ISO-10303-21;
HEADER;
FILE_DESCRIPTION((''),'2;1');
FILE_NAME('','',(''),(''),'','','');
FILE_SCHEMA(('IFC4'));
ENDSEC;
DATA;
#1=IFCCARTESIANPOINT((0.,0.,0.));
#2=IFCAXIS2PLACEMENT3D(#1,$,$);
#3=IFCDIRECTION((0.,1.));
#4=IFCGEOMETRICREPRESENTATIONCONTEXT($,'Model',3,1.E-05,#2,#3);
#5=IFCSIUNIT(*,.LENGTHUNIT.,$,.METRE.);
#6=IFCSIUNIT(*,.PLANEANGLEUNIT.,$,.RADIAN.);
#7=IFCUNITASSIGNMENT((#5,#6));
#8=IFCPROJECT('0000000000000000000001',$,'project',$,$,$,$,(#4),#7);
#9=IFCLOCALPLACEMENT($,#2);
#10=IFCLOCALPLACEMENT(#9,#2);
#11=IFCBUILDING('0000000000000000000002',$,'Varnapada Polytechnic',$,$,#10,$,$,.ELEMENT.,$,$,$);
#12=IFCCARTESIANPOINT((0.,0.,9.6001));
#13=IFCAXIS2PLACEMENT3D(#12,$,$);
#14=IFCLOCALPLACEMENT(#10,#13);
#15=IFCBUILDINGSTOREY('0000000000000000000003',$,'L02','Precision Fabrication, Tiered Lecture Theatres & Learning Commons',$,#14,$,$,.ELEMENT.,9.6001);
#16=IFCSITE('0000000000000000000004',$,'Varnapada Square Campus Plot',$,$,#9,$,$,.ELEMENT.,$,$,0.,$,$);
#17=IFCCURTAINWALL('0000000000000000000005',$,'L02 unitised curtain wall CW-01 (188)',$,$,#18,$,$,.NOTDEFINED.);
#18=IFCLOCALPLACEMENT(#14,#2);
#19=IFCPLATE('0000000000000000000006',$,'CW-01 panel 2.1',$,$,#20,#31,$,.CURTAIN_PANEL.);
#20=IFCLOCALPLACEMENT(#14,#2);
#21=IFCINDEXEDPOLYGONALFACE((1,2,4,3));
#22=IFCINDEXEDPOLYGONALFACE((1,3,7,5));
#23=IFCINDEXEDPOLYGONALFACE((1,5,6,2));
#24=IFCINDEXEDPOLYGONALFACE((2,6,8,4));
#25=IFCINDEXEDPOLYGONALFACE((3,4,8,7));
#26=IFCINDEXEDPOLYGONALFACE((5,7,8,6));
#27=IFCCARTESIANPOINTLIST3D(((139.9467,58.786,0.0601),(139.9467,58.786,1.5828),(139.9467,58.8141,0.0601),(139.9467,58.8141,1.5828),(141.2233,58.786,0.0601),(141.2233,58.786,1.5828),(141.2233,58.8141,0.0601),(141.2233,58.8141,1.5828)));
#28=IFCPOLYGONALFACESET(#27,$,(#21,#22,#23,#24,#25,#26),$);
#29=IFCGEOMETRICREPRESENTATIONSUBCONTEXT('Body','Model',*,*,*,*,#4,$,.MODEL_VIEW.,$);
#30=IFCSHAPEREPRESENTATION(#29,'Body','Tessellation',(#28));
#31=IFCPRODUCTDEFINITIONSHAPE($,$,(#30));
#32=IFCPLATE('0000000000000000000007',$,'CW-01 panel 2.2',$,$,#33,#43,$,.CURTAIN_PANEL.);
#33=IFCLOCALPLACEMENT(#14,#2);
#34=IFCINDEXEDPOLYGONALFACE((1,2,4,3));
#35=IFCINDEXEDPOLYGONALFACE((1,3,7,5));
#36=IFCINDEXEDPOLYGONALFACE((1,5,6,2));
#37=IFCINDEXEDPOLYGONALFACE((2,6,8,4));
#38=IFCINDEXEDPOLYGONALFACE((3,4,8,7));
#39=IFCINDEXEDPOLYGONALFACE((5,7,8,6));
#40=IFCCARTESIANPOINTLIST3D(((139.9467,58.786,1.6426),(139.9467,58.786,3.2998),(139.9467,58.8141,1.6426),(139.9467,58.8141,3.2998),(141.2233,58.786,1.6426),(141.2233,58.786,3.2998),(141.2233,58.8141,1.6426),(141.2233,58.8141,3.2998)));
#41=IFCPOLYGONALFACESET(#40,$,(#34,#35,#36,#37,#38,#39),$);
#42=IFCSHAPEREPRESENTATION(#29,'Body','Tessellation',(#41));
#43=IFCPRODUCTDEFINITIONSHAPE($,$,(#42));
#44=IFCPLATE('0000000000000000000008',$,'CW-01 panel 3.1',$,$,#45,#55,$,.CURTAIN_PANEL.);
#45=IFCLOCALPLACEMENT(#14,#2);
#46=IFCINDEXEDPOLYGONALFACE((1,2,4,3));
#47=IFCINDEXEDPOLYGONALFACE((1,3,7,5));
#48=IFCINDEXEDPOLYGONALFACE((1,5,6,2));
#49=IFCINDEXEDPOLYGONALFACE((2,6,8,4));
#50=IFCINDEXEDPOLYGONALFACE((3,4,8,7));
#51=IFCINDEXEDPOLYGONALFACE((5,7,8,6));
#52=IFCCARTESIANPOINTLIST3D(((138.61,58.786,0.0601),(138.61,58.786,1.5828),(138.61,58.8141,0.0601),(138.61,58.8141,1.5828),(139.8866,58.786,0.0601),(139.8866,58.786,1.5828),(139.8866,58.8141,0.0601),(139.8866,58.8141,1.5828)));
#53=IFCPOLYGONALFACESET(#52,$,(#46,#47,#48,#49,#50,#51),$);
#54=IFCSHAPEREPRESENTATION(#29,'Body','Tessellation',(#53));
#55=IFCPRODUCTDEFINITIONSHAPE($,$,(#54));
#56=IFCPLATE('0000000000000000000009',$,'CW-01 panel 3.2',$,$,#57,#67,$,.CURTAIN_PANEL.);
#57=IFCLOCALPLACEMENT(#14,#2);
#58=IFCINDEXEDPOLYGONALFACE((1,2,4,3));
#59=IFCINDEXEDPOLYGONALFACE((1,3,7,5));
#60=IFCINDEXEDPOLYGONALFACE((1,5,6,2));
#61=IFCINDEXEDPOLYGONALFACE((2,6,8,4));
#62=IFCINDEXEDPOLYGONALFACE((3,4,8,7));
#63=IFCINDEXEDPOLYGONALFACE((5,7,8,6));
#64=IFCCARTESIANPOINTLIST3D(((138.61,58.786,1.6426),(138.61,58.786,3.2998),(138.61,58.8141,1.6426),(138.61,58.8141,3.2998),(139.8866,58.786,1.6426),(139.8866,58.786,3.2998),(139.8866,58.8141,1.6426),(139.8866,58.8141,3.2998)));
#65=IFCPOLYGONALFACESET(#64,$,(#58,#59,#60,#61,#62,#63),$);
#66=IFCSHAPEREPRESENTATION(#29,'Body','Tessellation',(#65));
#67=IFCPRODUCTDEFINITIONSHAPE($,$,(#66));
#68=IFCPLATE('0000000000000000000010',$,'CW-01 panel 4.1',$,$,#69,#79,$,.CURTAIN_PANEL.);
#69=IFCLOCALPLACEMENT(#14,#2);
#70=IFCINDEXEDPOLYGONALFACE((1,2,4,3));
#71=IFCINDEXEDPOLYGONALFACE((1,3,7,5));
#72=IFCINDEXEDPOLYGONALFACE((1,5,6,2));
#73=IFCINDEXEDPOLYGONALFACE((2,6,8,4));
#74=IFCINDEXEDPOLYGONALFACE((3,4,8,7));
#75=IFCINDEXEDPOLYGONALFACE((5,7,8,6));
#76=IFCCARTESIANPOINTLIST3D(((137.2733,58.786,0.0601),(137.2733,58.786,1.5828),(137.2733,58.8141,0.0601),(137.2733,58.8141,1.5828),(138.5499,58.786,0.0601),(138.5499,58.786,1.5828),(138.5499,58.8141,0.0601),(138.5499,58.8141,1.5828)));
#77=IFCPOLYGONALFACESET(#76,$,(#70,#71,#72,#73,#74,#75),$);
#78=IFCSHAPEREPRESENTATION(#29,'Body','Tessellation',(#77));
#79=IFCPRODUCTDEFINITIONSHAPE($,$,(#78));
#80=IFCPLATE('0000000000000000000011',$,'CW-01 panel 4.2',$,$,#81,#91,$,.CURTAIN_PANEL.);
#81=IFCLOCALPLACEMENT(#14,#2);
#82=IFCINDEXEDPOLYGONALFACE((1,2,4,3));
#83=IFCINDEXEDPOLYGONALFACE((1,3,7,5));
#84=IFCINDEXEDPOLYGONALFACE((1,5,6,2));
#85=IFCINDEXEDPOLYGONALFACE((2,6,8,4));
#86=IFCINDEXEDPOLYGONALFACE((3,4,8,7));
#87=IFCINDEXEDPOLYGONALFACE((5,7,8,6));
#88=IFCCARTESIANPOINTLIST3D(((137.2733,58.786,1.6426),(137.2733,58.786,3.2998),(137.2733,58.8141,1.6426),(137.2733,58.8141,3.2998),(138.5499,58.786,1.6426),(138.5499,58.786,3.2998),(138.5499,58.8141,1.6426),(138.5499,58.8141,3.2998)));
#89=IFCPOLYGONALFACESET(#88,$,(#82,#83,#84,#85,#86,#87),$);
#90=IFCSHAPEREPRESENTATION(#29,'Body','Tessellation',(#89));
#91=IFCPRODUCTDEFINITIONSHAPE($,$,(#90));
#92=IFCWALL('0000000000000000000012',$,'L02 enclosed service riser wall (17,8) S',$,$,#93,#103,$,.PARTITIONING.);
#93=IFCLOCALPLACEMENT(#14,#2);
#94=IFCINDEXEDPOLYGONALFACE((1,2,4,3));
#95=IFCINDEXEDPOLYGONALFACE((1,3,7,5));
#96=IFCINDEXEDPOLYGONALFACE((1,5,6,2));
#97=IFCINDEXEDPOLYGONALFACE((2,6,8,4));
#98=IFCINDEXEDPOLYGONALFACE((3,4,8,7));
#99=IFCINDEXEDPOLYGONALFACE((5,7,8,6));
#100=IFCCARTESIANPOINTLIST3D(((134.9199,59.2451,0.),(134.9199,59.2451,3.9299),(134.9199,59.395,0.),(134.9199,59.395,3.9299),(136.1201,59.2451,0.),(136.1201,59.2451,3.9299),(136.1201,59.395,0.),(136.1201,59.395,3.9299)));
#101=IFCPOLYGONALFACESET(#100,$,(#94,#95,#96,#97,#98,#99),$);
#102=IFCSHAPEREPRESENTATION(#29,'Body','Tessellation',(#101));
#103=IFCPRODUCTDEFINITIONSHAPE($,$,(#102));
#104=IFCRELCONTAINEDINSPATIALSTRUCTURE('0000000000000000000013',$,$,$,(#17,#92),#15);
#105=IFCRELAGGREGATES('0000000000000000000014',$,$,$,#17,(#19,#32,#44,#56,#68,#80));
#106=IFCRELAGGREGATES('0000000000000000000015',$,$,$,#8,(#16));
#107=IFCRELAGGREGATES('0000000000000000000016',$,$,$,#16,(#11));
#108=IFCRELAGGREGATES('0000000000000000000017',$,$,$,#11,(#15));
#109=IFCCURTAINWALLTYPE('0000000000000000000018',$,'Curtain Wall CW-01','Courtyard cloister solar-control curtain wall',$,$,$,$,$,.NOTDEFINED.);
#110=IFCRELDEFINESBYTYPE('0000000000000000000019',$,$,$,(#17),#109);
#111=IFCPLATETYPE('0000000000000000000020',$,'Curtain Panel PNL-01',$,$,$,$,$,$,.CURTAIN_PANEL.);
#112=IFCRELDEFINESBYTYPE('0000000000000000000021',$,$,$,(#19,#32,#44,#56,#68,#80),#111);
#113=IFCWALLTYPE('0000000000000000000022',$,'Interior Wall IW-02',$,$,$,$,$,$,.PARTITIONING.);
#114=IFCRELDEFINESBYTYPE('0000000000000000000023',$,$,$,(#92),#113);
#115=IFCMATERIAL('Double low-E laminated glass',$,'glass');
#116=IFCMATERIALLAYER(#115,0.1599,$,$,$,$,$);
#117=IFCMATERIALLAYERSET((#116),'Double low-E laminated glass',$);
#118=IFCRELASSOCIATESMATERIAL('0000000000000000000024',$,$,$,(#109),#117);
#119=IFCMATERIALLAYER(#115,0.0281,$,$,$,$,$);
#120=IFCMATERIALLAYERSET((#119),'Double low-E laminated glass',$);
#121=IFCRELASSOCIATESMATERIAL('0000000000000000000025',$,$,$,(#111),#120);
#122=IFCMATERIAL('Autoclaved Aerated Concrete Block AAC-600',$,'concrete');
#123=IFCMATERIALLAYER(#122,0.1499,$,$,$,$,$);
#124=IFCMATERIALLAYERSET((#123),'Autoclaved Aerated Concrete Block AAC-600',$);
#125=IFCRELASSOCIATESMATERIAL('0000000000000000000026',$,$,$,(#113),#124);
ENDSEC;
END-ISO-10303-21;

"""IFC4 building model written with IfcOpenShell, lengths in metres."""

from ifc_helpers import new_model, si_unit, direction, frame, frame_2d, origin, origin_2d, place, context, subcontext, project, spatial, rectangle, extrude, material, layer, layer_set, type_object, element, aggregate, save


model = new_model("IFC4")

# Units and contexts
model_context = context("Model", 3, precision=1e-05, world=origin(), true_north=direction((0.0, 1.0)))
body_context = subcontext(model_context, "Body", "Model", "MODEL_VIEW")
ifc_project = project(units=[si_unit("LENGTHUNIT", "METRE"), si_unit("PLANEANGLEUNIT", "RADIAN")], contexts=[model_context])

# Site, building, storey
site_placement = place(None, origin())
site = spatial("IfcSite", under=ifc_project, at=site_placement, Name="Varnapada Square Campus Plot", CompositionType="ELEMENT", RefElevation=0.0)
building_placement = place(site_placement, origin())
building = spatial("IfcBuilding", under=site, at=building_placement, Name="Varnapada Polytechnic", CompositionType="ELEMENT")
storey_placement = place(building_placement, frame((0.0, 0.0, 9.6001)))
storey = spatial("IfcBuildingStorey", under=building, at=storey_placement, Name="L02", Description="Precision Fabrication, Tiered Lecture Theatres & Learning Commons", CompositionType="ELEMENT", Elevation=9.6001)

# Curtain wall, plates
ifc_material_1 = material(Name="Double low-E laminated glass", Category="glass")
ifc_layer_1 = layer(ifc_material_1, 0.1599)
ifc_layer_set_1 = layer_set([ifc_layer_1], Name="Double low-E laminated glass")
curtain_wall_type = type_object("IfcCurtainWallType", Name="Curtain Wall CW-01", Description="Courtyard cloister solar-control curtain wall", PredefinedType="NOTDEFINED", material=ifc_layer_set_1)
curtain_wall_placement = place(storey_placement, origin())
curtain_wall = element("IfcCurtainWall", 1, at=curtain_wall_placement, inside=storey, type_object=curtain_wall_type, Name="L02 unitised curtain wall CW-01 (188)", PredefinedType="NOTDEFINED")
ifc_layer_2 = layer(ifc_material_1, 0.0281)
ifc_layer_set_2 = layer_set([ifc_layer_2], Name="Double low-E laminated glass")
plate_type = type_object("IfcPlateType", Name="Curtain Panel PNL-01", PredefinedType="CURTAIN_PANEL", material=ifc_layer_set_2)
plate_1_placement = place(storey_placement, frame((140.585, 58.8, 0.0601), z_axis=(0.0, 0.0, 1.0), x_axis=(-1.0, 0.0, 0.0)))
plate_1 = element("IfcPlate", 2, at=plate_1_placement, type_object=plate_type, Name="CW-01 panel 2.1", PredefinedType="CURTAIN_PANEL", context=body_context, shape_type="SweptSolid", body=[
    extrude(rectangle(XDim=1.2766, YDim=0.0281, at=origin_2d()), origin(), (0.0, 0.0, 1.0), 1.5227),
])
plate_2_placement = place(storey_placement, frame((140.585, 58.8, 1.6426), z_axis=(0.0, 0.0, 1.0), x_axis=(-1.0, 0.0, 0.0)))
plate_2 = element("IfcPlate", 3, at=plate_2_placement, type_object=plate_type, Name="CW-01 panel 2.2", PredefinedType="CURTAIN_PANEL", context=body_context, shape_type="SweptSolid", body=[
    extrude(rectangle(XDim=1.2766, YDim=0.0281, at=origin_2d()), origin(), (0.0, 0.0, 1.0), 1.6572),
])
plate_3_placement = place(storey_placement, frame((139.2483, 58.8, 0.0601), z_axis=(0.0, 0.0, 1.0), x_axis=(-1.0, 0.0, 0.0)))
plate_3 = element("IfcPlate", 4, at=plate_3_placement, type_object=plate_type, Name="CW-01 panel 3.1", PredefinedType="CURTAIN_PANEL", context=body_context, shape_type="SweptSolid", body=[
    extrude(rectangle(XDim=1.2766, YDim=0.0281, at=origin_2d()), origin(), (0.0, 0.0, 1.0), 1.5227),
])
plate_4_placement = place(storey_placement, frame((139.2483, 58.8, 1.6426), z_axis=(0.0, 0.0, 1.0), x_axis=(-1.0, 0.0, 0.0)))
plate_4 = element("IfcPlate", 5, at=plate_4_placement, type_object=plate_type, Name="CW-01 panel 3.2", PredefinedType="CURTAIN_PANEL", context=body_context, shape_type="SweptSolid", body=[
    extrude(rectangle(XDim=1.2766, YDim=0.0281, at=origin_2d()), origin(), (0.0, 0.0, 1.0), 1.6572),
])
plate_5_placement = place(storey_placement, frame((137.9116, 58.8, 0.0601), z_axis=(0.0, 0.0, 1.0), x_axis=(-1.0, 0.0, 0.0)))
plate_5 = element("IfcPlate", 6, at=plate_5_placement, type_object=plate_type, Name="CW-01 panel 4.1", PredefinedType="CURTAIN_PANEL", context=body_context, shape_type="SweptSolid", body=[
    extrude(rectangle(XDim=1.2766, YDim=0.0281, at=origin_2d()), origin(), (0.0, 0.0, 1.0), 1.5227),
])
plate_6_placement = place(storey_placement, frame((137.9116, 58.8, 1.6426), z_axis=(0.0, 0.0, 1.0), x_axis=(-1.0, 0.0, 0.0)))
plate_6 = element("IfcPlate", 7, at=plate_6_placement, type_object=plate_type, Name="CW-01 panel 4.2", PredefinedType="CURTAIN_PANEL", context=body_context, shape_type="SweptSolid", body=[
    extrude(rectangle(XDim=1.2766, YDim=0.0281, at=origin_2d()), origin(), (0.0, 0.0, 1.0), 1.6572),
])
aggregate(curtain_wall, [plate_1, plate_2, plate_3, plate_4, plate_5, plate_6])

# Wall
ifc_material_2 = material(Name="Autoclaved Aerated Concrete Block AAC-600", Category="concrete")
ifc_layer_3 = layer(ifc_material_2, 0.1499)
ifc_layer_set_3 = layer_set([ifc_layer_3], Name="Autoclaved Aerated Concrete Block AAC-600")
wall_type = type_object("IfcWallType", Name="Interior Wall IW-02", PredefinedType="PARTITIONING", material=ifc_layer_set_3)
wall_placement = place(storey_placement, frame((134.9199, 59.3201, 0.0), z_axis=(0.0, 0.0, 1.0), x_axis=(1.0, 0.0, 0.0)))
element("IfcWall", 8, at=wall_placement, inside=storey, type_object=wall_type, Name="L02 enclosed service riser wall (17,8) S", PredefinedType="PARTITIONING", context=body_context, shape_type="SweptSolid", body=[
    extrude(rectangle(XDim=1.2002, YDim=0.1499, at=frame_2d((0.6001, 0.0))), origin(), (0.0, 0.0, 1.0), 3.9299),
])

save(model, "model.ifc")
